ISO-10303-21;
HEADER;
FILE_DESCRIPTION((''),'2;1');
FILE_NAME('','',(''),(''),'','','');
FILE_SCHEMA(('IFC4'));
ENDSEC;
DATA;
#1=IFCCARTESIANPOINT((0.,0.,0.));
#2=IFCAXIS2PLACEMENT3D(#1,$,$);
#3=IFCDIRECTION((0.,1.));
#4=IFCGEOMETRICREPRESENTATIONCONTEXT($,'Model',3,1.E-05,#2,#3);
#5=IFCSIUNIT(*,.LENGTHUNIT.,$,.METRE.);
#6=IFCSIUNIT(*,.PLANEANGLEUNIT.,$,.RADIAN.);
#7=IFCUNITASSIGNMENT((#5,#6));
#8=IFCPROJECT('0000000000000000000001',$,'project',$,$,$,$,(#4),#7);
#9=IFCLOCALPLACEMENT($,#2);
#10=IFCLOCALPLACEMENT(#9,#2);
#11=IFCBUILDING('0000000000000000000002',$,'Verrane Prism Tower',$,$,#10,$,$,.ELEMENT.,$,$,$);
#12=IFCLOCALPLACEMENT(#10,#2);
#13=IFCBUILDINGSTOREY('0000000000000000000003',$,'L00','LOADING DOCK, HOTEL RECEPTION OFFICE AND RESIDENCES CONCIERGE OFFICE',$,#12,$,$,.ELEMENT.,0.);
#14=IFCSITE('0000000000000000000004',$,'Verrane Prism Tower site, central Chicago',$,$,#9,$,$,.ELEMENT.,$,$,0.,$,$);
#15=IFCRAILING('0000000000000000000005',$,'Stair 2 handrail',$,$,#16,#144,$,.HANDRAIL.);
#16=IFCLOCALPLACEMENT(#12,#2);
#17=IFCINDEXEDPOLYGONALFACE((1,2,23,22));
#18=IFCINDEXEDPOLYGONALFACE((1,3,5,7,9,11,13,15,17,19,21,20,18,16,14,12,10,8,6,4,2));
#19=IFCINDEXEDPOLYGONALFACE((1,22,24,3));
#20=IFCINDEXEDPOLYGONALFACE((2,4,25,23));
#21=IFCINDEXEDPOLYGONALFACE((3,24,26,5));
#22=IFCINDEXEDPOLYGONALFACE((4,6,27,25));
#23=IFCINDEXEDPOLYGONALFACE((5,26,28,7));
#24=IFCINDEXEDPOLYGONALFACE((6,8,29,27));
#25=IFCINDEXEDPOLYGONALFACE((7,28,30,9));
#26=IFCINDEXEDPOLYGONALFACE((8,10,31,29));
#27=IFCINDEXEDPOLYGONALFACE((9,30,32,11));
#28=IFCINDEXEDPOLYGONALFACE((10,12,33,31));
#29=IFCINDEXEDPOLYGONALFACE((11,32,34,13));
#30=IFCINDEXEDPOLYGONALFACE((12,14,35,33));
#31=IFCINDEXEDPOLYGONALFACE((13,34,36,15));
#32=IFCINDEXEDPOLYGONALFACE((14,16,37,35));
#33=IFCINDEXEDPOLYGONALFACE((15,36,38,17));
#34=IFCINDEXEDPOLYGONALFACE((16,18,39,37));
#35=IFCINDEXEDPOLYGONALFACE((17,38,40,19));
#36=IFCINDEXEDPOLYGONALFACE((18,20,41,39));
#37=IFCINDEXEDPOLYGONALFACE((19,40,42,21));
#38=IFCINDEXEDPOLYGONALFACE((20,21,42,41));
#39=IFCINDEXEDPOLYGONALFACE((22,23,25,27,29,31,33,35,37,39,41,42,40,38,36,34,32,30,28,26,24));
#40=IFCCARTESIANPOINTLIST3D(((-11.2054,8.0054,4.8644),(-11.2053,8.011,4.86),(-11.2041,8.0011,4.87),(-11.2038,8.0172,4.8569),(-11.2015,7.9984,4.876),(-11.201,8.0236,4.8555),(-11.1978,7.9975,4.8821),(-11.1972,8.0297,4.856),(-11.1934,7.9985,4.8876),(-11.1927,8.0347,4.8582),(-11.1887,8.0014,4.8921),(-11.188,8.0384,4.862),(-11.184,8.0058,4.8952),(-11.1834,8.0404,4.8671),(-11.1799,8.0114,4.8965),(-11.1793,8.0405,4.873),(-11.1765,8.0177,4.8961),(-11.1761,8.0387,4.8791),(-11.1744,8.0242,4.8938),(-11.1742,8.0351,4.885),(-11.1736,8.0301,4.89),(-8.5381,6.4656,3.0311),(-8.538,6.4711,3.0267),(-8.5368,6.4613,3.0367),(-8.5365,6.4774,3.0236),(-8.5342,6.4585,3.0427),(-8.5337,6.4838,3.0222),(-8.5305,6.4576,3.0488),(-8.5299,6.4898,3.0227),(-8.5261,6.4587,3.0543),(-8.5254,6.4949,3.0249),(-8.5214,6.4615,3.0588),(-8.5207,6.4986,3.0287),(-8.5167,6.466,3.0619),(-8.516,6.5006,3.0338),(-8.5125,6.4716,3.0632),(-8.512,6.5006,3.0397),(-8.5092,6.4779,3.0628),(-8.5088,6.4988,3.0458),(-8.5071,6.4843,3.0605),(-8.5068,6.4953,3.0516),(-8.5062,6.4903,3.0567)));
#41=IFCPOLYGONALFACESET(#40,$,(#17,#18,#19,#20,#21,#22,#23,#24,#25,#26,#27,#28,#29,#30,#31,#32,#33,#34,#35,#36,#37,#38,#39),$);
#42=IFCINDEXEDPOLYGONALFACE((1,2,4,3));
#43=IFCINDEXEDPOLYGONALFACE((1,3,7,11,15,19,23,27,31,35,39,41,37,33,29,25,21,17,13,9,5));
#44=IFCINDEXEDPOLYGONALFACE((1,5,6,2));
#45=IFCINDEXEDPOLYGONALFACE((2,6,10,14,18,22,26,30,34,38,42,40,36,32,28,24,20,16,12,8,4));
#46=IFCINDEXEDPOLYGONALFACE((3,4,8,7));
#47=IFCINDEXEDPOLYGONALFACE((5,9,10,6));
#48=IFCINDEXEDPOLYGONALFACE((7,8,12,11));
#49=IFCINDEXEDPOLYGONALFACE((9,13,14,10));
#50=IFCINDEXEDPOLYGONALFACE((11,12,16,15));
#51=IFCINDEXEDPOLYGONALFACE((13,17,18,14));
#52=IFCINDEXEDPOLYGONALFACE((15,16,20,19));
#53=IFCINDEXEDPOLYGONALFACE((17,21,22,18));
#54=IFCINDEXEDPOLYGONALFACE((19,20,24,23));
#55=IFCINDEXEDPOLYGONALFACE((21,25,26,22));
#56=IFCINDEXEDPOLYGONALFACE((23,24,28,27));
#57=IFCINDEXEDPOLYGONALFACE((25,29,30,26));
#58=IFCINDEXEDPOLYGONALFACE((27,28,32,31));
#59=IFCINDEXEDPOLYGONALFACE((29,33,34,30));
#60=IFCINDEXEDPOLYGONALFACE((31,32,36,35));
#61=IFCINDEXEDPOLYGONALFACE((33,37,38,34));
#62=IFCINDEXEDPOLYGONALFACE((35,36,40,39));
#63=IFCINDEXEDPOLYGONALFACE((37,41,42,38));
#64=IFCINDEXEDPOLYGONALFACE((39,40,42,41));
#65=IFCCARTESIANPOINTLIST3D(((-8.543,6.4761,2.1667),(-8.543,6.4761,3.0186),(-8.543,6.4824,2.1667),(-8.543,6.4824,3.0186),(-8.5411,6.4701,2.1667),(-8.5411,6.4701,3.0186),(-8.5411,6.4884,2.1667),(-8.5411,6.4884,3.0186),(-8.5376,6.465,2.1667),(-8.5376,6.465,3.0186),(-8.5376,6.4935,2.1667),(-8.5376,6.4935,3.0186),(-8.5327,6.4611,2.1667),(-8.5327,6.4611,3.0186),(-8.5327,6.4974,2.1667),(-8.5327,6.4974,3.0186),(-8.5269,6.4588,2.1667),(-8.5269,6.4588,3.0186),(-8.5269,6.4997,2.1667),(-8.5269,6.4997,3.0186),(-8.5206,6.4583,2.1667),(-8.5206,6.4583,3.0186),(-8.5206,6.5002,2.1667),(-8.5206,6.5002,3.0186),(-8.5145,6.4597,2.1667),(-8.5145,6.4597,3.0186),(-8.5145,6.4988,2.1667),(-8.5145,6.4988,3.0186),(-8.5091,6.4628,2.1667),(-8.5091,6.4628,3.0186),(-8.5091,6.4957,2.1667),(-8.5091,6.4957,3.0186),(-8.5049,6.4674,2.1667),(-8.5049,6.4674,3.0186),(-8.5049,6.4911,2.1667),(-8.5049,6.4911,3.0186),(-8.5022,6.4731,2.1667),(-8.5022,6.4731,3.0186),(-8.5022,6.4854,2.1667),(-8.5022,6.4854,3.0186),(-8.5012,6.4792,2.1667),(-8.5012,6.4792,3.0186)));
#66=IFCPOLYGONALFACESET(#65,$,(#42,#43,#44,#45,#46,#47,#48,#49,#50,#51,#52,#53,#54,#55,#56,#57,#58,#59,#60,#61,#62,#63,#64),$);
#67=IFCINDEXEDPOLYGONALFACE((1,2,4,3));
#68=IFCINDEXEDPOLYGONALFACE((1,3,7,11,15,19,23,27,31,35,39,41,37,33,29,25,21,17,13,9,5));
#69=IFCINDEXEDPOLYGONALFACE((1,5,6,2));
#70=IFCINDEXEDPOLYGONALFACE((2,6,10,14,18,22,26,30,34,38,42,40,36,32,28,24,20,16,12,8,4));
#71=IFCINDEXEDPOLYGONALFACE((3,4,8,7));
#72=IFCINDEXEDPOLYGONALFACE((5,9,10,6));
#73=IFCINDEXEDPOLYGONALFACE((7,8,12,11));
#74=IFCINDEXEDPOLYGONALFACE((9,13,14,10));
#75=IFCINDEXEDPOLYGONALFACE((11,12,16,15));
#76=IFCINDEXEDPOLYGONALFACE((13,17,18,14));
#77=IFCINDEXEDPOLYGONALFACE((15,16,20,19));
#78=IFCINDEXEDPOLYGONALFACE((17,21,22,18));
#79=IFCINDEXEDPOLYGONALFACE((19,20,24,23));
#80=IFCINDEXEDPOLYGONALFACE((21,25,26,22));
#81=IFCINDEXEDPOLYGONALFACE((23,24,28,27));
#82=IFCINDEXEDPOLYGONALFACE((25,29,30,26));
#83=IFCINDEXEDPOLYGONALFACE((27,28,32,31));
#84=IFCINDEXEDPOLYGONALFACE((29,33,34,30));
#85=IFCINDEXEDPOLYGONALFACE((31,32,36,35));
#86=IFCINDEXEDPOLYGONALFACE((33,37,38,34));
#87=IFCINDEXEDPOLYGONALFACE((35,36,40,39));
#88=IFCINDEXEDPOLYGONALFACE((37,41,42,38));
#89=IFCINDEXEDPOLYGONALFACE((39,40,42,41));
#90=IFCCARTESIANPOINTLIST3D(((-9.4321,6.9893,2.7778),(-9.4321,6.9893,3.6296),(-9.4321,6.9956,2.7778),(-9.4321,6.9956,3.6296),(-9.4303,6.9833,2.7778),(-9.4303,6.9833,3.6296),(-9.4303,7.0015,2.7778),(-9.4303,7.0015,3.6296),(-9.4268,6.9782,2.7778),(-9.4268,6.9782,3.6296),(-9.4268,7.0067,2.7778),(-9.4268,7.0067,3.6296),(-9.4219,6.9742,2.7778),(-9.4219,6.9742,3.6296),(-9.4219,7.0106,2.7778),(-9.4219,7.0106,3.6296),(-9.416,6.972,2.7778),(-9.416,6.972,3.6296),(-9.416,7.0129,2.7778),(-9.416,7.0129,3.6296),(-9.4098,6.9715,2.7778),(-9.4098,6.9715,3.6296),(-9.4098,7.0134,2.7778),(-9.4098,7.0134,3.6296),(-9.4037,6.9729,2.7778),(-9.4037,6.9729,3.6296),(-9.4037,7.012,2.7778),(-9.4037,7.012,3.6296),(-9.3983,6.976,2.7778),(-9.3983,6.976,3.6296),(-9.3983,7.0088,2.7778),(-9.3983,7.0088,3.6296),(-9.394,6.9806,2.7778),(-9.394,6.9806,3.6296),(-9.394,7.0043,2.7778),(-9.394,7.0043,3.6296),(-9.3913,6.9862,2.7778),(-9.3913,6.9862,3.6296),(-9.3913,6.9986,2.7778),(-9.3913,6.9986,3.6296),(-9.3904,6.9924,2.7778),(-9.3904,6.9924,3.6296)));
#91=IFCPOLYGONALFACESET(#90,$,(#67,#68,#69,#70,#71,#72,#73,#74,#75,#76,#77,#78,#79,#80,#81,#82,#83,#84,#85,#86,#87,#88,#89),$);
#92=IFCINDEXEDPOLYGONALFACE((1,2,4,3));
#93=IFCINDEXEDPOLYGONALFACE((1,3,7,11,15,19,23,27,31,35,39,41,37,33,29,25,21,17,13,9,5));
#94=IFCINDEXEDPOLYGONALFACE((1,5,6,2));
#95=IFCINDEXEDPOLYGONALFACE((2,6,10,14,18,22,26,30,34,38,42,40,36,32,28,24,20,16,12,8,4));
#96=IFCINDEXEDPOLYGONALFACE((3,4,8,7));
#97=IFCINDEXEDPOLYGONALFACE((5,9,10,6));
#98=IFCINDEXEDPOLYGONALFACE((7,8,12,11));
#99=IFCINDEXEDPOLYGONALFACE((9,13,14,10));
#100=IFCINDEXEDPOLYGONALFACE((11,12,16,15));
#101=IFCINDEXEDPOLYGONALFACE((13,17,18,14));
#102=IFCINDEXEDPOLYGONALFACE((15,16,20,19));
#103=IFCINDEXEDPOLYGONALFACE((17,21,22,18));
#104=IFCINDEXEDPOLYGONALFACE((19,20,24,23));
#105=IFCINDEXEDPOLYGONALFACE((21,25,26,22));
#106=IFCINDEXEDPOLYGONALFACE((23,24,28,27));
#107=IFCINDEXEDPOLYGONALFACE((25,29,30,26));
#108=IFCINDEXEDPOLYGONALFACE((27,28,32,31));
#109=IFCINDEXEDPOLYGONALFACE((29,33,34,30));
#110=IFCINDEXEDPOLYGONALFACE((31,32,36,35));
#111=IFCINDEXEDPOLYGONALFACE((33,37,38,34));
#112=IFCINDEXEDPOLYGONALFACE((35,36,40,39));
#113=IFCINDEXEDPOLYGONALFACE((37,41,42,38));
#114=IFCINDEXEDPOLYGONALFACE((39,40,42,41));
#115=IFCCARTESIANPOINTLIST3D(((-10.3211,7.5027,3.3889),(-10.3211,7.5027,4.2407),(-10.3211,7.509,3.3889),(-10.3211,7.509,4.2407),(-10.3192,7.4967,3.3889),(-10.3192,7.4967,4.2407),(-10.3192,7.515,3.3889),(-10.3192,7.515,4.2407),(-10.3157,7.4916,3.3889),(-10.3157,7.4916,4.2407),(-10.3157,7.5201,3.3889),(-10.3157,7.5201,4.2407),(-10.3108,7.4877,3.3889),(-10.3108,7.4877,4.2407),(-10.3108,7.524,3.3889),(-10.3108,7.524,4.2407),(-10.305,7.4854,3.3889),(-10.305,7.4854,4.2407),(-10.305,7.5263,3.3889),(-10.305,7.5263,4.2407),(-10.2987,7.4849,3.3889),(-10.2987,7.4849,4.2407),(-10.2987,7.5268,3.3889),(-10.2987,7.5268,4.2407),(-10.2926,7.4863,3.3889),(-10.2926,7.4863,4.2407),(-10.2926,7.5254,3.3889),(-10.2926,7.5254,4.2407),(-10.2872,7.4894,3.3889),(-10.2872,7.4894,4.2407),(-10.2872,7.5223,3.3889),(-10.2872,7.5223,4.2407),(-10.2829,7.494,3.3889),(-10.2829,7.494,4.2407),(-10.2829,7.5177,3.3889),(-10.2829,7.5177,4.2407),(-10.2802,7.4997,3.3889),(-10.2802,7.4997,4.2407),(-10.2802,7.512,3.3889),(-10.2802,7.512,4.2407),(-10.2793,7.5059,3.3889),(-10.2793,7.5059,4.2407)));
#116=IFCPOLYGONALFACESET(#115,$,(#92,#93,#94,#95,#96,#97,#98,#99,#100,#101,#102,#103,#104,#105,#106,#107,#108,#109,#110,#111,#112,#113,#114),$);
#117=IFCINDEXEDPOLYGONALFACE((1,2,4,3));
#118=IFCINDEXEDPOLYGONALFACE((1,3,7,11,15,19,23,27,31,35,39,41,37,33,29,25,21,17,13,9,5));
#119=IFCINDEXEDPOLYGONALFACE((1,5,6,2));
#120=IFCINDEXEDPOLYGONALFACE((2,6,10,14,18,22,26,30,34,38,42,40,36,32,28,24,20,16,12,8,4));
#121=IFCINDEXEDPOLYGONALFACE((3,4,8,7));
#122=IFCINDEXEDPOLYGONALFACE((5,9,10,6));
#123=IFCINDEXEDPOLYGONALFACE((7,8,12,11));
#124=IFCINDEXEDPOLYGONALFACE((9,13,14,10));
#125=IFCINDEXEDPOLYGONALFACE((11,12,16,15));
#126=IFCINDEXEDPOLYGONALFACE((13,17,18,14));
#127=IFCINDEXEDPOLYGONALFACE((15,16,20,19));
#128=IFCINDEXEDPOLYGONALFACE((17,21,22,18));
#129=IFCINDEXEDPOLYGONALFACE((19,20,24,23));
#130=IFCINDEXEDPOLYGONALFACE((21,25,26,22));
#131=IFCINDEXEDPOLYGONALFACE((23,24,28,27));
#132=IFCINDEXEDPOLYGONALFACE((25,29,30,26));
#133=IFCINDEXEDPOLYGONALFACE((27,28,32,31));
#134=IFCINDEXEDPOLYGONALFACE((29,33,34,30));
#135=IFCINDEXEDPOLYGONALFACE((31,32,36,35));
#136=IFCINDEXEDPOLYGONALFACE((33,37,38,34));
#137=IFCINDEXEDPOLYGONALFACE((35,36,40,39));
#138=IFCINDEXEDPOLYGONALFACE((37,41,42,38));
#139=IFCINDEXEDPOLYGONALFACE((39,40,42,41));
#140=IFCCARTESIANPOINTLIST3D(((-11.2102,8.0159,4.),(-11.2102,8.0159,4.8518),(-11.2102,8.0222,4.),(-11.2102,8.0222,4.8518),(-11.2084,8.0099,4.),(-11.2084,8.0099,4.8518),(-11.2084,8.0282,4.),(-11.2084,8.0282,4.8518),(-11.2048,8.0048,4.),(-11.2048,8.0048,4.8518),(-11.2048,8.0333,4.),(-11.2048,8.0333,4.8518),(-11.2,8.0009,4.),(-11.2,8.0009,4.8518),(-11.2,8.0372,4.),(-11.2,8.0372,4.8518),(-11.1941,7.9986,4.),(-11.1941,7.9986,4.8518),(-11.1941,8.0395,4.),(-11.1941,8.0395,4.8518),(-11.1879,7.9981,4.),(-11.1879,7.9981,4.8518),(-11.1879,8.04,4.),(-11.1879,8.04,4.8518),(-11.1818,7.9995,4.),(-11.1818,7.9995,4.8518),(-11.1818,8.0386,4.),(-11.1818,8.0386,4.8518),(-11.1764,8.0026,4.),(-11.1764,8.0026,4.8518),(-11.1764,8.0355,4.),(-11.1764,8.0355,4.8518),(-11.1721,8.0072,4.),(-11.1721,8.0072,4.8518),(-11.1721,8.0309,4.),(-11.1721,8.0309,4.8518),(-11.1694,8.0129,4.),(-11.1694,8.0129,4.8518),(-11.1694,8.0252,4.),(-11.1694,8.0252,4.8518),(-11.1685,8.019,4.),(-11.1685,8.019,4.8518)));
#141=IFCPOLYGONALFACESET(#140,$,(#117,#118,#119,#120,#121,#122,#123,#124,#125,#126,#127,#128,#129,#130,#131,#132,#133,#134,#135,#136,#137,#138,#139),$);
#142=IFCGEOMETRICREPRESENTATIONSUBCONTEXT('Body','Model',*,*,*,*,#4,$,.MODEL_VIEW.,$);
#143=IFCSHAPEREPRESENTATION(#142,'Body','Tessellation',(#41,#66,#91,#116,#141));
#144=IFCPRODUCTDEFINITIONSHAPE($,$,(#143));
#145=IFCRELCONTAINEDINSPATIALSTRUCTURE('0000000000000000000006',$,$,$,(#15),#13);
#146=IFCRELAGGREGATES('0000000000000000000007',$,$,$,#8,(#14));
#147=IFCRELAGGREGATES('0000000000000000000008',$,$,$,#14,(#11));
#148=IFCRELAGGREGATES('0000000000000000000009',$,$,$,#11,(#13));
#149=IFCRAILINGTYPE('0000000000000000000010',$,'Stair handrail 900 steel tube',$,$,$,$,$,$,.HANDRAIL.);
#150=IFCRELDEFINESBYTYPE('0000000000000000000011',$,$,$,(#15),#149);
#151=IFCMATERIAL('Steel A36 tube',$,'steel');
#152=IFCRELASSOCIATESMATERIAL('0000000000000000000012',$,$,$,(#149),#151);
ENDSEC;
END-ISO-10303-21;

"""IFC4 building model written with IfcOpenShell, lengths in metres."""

from ifc_helpers import new_model, si_unit, direction, frame, origin, origin_2d, place, context, subcontext, project, spatial, circle, extrude, material, type_object, element, save


model = new_model("IFC4")

# Units and contexts
model_context = context("Model", 3, precision=1e-05, world=origin(), true_north=direction((0.0, 1.0)))
body_context = subcontext(model_context, "Body", "Model", "MODEL_VIEW")
ifc_project = project(units=[si_unit("LENGTHUNIT", "METRE"), si_unit("PLANEANGLEUNIT", "RADIAN")], contexts=[model_context])

# Site, building, storey
site_placement = place(None, origin())
site = spatial("IfcSite", under=ifc_project, at=site_placement, Name="Verrane Prism Tower site, central Chicago", CompositionType="ELEMENT", RefElevation=0.0)
building_placement = place(site_placement, origin())
building = spatial("IfcBuilding", under=site, at=building_placement, Name="Verrane Prism Tower", CompositionType="ELEMENT")
storey_placement = place(building_placement, origin())
storey = spatial("IfcBuildingStorey", under=building, at=storey_placement, Name="L00", Description="LOADING DOCK, HOTEL RECEPTION OFFICE AND RESIDENCES CONCIERGE OFFICE", CompositionType="ELEMENT", Elevation=0.0)

# Railing
ifc_material_1 = material(Name="Steel A36 tube", Category="steel")
railing_type = type_object("IfcRailingType", Name="Stair handrail 900 steel tube", PredefinedType="HANDRAIL", material=ifc_material_1)
for number, where, name in (
    (1, (-8.5222, 6.4792, 2.1667), "Stair 2 handrail"),
):
    element("IfcRailing", number, at=place(storey_placement, frame(where)), inside=storey, type_object=railing_type, Name=name, PredefinedType="HANDRAIL", context=body_context, shape_type="SweptSolid", body=[
        extrude(circle(Radius=0.0239, at=origin_2d()), frame((0.0, 0.0, 0.876), z_axis=(-0.744181, 0.429616, 0.511493), x_axis=(-0.499967, -0.866044, 0.0)), (0.0, 0.0, 1.0), 3.5842),
        extrude(circle(Radius=0.021, at=origin_2d()), origin(), (0.0, 0.0, 1.0), 0.8518),
        extrude(circle(Radius=0.021, at=origin_2d()), frame((-0.8892, 0.5132, 0.6111)), (0.0, 0.0, 1.0), 0.8518),
        extrude(circle(Radius=0.021, at=origin_2d()), frame((-1.7781, 1.0266, 1.2222)), (0.0, 0.0, 1.0), 0.8518),
        extrude(circle(Radius=0.021, at=origin_2d()), frame((-2.6672, 1.5398, 1.8333)), (0.0, 0.0, 1.0), 0.8518),
    ])

save(model, "model.ifc")
